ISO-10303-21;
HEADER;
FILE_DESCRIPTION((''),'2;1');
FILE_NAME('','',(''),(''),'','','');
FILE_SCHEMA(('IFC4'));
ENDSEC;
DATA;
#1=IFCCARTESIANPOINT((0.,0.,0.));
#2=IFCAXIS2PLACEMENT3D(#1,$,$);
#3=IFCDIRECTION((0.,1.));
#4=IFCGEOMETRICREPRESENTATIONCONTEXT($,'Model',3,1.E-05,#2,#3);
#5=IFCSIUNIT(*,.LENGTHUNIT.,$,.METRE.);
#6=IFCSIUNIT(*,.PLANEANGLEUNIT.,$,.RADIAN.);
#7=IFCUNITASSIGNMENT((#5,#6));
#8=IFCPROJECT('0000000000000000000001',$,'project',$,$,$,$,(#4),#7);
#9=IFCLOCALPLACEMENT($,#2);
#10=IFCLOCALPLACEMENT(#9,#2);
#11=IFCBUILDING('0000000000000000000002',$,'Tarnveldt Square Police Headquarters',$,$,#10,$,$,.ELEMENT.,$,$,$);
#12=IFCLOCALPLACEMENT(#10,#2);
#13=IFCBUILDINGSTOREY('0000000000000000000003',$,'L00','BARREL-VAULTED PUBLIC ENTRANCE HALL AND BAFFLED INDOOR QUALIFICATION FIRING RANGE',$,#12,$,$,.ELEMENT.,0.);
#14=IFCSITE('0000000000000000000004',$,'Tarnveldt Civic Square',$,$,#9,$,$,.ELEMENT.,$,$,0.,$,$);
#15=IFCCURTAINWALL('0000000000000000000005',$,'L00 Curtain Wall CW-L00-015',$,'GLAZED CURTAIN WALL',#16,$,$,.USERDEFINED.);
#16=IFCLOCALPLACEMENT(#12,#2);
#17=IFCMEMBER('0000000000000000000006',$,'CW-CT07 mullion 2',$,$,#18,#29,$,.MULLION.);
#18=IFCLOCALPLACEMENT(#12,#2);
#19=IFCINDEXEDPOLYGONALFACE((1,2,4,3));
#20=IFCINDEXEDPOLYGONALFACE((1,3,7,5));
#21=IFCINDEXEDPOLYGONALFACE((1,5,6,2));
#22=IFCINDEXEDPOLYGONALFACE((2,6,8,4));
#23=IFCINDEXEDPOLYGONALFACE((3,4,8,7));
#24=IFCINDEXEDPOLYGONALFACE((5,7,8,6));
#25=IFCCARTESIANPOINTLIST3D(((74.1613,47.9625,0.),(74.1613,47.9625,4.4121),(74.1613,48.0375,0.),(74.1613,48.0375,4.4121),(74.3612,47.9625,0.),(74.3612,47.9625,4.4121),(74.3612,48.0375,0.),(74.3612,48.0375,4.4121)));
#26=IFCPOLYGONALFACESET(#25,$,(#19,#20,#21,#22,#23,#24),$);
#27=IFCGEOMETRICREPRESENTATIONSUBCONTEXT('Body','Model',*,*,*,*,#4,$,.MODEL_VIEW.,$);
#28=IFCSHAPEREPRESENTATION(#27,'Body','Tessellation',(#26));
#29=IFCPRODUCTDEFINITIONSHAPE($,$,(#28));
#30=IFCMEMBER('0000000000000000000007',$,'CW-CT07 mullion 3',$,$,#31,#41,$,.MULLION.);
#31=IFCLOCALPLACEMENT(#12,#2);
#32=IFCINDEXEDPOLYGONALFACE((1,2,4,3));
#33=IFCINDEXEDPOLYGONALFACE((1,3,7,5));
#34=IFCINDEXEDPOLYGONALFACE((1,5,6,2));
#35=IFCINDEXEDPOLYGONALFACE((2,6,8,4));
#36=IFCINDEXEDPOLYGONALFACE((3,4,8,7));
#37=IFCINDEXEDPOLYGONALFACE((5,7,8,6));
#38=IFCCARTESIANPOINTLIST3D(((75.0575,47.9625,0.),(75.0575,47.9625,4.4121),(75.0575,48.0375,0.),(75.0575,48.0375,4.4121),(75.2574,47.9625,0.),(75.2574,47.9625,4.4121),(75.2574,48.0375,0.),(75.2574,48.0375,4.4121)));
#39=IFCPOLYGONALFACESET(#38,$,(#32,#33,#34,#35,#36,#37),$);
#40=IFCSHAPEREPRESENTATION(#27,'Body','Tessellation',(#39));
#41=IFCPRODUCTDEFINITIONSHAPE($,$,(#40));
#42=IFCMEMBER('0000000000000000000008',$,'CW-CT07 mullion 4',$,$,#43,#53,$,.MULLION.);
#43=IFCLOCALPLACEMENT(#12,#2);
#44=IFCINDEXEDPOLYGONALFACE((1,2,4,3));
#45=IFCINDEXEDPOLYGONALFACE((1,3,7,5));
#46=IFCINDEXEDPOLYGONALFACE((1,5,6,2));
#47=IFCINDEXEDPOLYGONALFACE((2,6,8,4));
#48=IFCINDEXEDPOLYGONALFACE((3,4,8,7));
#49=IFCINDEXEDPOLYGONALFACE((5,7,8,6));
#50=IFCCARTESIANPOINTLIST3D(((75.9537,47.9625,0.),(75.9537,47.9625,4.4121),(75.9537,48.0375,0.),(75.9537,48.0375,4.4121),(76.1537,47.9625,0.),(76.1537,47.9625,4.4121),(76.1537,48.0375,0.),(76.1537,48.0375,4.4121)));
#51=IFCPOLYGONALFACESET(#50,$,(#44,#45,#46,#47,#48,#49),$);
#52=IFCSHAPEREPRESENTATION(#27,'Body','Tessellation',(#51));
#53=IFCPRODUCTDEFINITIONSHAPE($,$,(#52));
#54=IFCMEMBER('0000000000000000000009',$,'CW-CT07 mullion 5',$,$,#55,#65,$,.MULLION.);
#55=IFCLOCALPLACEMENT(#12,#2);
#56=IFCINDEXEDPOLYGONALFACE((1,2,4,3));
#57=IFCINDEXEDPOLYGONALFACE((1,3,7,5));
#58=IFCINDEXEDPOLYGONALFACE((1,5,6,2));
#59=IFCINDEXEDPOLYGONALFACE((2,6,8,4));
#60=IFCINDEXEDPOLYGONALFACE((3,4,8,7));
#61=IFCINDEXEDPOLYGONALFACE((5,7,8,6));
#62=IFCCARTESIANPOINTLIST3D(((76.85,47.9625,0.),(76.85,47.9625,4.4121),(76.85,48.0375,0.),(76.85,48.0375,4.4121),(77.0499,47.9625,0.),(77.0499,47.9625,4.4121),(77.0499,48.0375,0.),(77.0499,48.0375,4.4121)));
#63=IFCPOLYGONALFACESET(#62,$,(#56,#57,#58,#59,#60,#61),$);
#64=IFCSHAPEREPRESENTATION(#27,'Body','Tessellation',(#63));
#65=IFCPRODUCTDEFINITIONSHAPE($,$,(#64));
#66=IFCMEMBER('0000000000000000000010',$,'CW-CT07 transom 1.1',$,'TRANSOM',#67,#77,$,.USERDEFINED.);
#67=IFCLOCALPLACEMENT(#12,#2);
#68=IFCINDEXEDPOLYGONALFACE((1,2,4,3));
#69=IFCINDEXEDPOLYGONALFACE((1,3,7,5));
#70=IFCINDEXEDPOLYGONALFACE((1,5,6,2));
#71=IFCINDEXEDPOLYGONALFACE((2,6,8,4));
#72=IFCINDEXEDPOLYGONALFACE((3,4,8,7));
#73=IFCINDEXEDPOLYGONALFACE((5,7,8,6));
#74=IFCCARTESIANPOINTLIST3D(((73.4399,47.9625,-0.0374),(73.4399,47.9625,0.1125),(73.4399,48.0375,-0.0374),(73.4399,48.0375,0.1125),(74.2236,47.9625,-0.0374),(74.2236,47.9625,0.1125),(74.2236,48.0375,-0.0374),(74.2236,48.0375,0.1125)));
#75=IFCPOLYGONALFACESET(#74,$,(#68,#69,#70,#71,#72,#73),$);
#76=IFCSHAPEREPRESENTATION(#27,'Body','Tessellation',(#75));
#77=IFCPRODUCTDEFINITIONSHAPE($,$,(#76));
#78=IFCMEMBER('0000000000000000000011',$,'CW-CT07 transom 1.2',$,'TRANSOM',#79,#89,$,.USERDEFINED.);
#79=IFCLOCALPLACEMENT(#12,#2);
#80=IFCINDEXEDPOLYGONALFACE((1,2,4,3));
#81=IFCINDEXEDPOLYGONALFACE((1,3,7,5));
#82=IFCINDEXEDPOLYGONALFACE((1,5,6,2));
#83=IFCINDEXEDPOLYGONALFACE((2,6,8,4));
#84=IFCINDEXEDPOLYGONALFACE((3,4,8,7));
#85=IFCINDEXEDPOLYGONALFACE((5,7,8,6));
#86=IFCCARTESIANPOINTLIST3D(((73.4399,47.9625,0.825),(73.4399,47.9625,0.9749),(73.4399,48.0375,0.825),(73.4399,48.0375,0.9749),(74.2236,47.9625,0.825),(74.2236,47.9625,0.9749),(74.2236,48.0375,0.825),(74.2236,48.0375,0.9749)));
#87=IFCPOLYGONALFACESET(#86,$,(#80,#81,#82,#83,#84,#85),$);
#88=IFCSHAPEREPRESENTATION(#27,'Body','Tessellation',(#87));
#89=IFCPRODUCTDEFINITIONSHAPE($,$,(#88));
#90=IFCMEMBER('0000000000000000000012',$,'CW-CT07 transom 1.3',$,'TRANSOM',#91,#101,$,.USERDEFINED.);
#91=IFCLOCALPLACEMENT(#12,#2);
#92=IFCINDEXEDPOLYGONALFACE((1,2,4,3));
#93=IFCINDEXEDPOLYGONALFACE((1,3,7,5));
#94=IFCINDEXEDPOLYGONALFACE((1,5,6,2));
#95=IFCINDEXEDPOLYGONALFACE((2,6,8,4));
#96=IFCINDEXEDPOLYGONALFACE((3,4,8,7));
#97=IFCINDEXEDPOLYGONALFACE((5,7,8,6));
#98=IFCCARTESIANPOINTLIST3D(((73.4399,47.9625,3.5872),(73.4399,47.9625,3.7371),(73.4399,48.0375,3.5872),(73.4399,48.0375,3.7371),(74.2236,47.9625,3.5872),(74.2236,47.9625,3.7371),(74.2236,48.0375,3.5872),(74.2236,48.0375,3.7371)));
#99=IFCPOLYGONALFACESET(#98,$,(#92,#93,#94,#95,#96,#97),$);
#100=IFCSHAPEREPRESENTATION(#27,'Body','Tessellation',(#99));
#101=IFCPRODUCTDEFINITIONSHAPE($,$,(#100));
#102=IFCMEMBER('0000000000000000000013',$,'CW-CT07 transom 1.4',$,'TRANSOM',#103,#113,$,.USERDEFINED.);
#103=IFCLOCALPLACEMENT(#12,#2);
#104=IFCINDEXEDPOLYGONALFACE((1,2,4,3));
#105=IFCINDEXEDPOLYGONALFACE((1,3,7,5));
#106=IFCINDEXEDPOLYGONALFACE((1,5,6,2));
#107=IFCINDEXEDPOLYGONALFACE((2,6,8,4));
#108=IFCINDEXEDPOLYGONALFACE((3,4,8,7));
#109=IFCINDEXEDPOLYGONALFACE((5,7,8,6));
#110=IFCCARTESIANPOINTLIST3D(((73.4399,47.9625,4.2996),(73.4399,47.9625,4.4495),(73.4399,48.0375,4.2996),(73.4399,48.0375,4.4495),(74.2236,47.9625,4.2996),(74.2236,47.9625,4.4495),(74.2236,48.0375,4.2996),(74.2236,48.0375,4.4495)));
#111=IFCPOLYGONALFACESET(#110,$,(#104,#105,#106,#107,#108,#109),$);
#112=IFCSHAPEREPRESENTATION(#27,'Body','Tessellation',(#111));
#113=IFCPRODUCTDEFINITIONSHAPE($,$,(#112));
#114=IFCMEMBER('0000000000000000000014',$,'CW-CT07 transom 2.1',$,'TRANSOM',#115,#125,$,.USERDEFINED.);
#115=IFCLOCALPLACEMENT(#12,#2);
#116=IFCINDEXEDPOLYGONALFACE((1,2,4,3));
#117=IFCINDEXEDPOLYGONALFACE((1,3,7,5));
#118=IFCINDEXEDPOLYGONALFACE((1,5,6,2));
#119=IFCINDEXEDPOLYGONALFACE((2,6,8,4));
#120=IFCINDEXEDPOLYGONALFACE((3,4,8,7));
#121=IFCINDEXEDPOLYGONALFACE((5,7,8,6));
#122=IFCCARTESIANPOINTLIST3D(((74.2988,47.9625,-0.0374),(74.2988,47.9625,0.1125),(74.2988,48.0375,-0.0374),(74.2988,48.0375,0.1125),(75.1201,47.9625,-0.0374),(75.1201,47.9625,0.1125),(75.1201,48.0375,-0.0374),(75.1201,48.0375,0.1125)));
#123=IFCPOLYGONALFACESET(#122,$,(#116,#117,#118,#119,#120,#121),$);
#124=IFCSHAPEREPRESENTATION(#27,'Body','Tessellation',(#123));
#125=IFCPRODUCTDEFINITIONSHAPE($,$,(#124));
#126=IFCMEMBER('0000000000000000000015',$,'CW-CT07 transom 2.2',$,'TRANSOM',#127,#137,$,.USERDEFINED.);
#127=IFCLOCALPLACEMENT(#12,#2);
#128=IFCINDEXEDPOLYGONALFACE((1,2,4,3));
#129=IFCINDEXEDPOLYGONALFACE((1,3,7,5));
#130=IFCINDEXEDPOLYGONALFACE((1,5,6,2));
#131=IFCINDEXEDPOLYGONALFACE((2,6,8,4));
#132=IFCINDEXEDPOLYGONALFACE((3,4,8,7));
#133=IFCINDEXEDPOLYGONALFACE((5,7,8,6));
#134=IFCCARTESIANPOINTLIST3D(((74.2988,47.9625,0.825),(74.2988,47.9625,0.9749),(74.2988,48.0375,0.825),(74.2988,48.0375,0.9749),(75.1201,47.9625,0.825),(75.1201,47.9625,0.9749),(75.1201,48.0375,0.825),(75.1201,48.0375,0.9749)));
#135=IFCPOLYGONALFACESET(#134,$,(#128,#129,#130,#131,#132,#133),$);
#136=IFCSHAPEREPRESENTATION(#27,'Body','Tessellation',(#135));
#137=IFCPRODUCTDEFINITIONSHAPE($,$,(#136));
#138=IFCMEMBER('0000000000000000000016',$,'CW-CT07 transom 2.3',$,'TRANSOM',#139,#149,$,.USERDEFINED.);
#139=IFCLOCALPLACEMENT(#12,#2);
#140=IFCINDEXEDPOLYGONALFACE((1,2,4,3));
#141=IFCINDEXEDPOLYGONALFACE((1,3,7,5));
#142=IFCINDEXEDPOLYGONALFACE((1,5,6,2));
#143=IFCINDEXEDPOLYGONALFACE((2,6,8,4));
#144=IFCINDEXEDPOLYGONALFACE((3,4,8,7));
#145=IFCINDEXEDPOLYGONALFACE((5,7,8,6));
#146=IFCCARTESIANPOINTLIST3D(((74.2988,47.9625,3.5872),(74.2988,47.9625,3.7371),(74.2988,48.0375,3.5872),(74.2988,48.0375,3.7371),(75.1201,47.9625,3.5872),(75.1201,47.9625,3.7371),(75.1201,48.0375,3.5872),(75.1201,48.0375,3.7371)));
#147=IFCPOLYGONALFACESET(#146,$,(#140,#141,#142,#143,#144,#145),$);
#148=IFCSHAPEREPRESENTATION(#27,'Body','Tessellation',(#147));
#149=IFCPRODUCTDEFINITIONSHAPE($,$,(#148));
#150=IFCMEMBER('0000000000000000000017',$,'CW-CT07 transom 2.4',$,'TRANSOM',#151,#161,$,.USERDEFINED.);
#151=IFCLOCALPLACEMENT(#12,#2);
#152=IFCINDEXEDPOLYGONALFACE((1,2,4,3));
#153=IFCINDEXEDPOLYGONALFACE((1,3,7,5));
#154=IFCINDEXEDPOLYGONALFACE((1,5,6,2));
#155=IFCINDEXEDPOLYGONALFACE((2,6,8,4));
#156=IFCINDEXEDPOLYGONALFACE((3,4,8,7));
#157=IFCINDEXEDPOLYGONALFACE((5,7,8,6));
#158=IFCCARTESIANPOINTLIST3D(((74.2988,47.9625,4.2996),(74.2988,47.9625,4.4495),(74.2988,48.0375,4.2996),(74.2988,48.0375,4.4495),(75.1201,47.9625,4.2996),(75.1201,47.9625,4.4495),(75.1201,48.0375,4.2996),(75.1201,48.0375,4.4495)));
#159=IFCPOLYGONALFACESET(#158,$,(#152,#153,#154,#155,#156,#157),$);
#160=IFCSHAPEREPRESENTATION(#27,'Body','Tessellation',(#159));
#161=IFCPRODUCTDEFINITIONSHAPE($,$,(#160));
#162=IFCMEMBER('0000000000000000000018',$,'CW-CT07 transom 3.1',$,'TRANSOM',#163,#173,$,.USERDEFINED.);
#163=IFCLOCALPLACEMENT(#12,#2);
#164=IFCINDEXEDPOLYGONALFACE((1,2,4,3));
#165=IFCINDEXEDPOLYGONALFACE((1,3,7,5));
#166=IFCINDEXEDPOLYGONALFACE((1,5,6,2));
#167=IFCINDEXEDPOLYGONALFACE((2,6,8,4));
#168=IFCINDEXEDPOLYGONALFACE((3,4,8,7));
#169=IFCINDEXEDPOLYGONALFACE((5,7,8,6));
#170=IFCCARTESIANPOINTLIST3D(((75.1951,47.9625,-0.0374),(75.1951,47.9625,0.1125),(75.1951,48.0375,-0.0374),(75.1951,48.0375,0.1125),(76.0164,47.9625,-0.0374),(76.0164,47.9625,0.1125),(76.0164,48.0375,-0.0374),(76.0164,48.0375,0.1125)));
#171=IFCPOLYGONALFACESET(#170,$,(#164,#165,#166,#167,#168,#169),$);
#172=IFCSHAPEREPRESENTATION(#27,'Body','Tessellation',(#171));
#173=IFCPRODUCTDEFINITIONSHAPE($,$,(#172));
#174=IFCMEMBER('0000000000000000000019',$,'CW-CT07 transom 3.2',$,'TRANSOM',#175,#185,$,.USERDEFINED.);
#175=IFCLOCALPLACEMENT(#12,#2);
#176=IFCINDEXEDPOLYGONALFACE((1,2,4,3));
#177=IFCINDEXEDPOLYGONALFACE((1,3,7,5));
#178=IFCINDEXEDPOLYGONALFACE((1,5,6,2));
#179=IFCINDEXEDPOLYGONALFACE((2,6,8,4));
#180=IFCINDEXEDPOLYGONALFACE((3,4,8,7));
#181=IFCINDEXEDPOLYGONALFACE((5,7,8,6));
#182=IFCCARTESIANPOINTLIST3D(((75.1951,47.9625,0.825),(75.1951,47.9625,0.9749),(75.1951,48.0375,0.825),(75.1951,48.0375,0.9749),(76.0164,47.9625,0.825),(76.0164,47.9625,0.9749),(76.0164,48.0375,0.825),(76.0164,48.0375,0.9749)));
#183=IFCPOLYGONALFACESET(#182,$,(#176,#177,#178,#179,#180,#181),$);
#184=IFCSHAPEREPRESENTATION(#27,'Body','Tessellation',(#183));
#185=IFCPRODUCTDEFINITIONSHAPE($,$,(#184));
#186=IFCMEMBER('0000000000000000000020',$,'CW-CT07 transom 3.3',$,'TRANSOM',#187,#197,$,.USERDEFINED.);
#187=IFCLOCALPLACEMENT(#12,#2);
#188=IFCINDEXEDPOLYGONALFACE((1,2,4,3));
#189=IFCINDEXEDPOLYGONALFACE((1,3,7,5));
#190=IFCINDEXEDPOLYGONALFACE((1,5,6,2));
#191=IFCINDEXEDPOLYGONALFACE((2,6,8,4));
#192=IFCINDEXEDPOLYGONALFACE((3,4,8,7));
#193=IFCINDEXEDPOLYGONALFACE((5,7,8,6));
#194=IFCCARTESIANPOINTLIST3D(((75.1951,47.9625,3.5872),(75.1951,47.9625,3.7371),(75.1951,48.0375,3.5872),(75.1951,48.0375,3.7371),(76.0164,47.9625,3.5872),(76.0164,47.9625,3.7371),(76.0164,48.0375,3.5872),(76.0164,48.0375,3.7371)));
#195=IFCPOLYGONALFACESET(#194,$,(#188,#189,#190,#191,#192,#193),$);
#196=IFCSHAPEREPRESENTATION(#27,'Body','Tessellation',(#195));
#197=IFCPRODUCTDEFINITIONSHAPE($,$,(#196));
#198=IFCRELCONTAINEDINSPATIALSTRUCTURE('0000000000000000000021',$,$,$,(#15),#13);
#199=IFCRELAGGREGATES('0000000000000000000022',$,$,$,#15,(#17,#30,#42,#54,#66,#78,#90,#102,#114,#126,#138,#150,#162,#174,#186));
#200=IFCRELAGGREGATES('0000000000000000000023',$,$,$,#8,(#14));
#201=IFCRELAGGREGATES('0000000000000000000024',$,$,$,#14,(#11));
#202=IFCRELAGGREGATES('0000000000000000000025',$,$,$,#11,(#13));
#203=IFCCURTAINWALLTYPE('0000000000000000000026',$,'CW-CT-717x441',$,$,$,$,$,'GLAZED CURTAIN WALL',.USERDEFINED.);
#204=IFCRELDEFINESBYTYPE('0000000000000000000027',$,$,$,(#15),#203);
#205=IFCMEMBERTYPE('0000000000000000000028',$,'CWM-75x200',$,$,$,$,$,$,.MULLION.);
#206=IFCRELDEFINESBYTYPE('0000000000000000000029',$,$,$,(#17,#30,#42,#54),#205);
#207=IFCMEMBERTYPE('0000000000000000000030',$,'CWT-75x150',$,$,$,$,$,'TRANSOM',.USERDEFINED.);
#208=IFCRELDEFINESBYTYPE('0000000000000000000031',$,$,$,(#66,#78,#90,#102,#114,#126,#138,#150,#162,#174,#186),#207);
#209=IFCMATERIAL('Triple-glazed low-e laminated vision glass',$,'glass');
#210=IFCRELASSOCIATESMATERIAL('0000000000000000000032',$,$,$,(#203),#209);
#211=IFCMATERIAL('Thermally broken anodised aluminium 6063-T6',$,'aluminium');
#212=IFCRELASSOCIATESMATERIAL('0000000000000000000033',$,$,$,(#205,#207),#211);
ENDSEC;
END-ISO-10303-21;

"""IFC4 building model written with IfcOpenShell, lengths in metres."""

from ifc_helpers import new_model, si_unit, direction, frame, origin, origin_2d, place, context, subcontext, project, spatial, rectangle, extrude, material, material_profile, profile_set, type_object, element, aggregate, save


model = new_model("IFC4")

# Units and contexts
model_context = context("Model", 3, precision=1e-05, world=origin(), true_north=direction((0.0, 1.0)))
body_context = subcontext(model_context, "Body", "Model", "MODEL_VIEW")
ifc_project = project(units=[si_unit("LENGTHUNIT", "METRE"), si_unit("PLANEANGLEUNIT", "RADIAN")], contexts=[model_context])

# Site, building, storey
site_placement = place(None, origin())
site = spatial("IfcSite", under=ifc_project, at=site_placement, Name="Tarnveldt Civic Square", CompositionType="ELEMENT", RefElevation=0.0)
building_placement = place(site_placement, origin())
building = spatial("IfcBuilding", under=site, at=building_placement, Name="Tarnveldt Square Police Headquarters", CompositionType="ELEMENT")
storey_placement = place(building_placement, origin())
storey = spatial("IfcBuildingStorey", under=building, at=storey_placement, Name="L00", Description="BARREL-VAULTED PUBLIC ENTRANCE HALL AND BAFFLED INDOOR QUALIFICATION FIRING RANGE", CompositionType="ELEMENT", Elevation=0.0)

# Curtain wall, members
ifc_material_1 = material(Name="Triple-glazed low-e laminated vision glass", Category="glass")
curtain_wall_type = type_object("IfcCurtainWallType", Name="CW-CT-717x441", ElementType="GLAZED CURTAIN WALL", PredefinedType="USERDEFINED", material=ifc_material_1)
curtain_wall_placement = place(storey_placement, origin())
curtain_wall = element("IfcCurtainWall", 1, at=curtain_wall_placement, inside=storey, type_object=curtain_wall_type, Name="L00 Curtain Wall CW-L00-015", ObjectType="GLAZED CURTAIN WALL", PredefinedType="USERDEFINED")
ifc_material_2 = material(Name="Thermally broken anodised aluminium 6063-T6", Category="aluminium")
ifc_material_profile_1 = material_profile(ifc_material_2, rectangle(XDim=0.075, YDim=0.2, at=origin_2d()), Name="CW-M75x200")
ifc_profile_set_1 = profile_set([ifc_material_profile_1], Name="Thermally broken anodised aluminium 6063-T6")
member_type_1 = type_object("IfcMemberType", Name="CWM-75x200", PredefinedType="MULLION", material=ifc_profile_set_1)
member_1_placement = place(storey_placement, frame((74.2612, 48.0, 0.0), z_axis=(0.0, 0.0, 1.0), x_axis=(0.0, 1.0, 0.0)))
member_1 = element("IfcMember", 2, at=member_1_placement, type_object=member_type_1, Name="CW-CT07 mullion 2", PredefinedType="MULLION", context=body_context, shape_type="SweptSolid", body=[
    extrude(rectangle(XDim=0.075, YDim=0.2, at=origin_2d()), origin(), (0.0, 0.0, 1.0), 4.4121),
])
member_2_placement = place(storey_placement, frame((75.1575, 48.0, 0.0), z_axis=(0.0, 0.0, 1.0), x_axis=(0.0, 1.0, 0.0)))
member_2 = element("IfcMember", 3, at=member_2_placement, type_object=member_type_1, Name="CW-CT07 mullion 3", PredefinedType="MULLION", context=body_context, shape_type="SweptSolid", body=[
    extrude(rectangle(XDim=0.075, YDim=0.2, at=origin_2d()), origin(), (0.0, 0.0, 1.0), 4.4121),
])
member_3_placement = place(storey_placement, frame((76.0537, 48.0, 0.0), z_axis=(0.0, 0.0, 1.0), x_axis=(0.0, 1.0, 0.0)))
member_3 = element("IfcMember", 4, at=member_3_placement, type_object=member_type_1, Name="CW-CT07 mullion 4", PredefinedType="MULLION", context=body_context, shape_type="SweptSolid", body=[
    extrude(rectangle(XDim=0.075, YDim=0.2, at=origin_2d()), origin(), (0.0, 0.0, 1.0), 4.4121),
])
member_4_placement = place(storey_placement, frame((76.95, 48.0, 0.0), z_axis=(0.0, 0.0, 1.0), x_axis=(0.0, 1.0, 0.0)))
member_4 = element("IfcMember", 5, at=member_4_placement, type_object=member_type_1, Name="CW-CT07 mullion 5", PredefinedType="MULLION", context=body_context, shape_type="SweptSolid", body=[
    extrude(rectangle(XDim=0.075, YDim=0.2, at=origin_2d()), origin(), (0.0, 0.0, 1.0), 4.4121),
])
ifc_material_profile_2 = material_profile(ifc_material_2, rectangle(XDim=0.075, YDim=0.1499, at=origin_2d()), Name="CW-T75x150")
ifc_profile_set_2 = profile_set([ifc_material_profile_2], Name="Thermally broken anodised aluminium 6063-T6")
member_type_2 = type_object("IfcMemberType", Name="CWT-75x150", ElementType="TRANSOM", PredefinedType="USERDEFINED", material=ifc_profile_set_2)
member_5_placement = place(storey_placement, frame((73.4399, 48.0, 0.0376), z_axis=(1.0, 0.0, 0.0), x_axis=(0.0, 1.0, 0.0)))
member_5 = element("IfcMember", 6, at=member_5_placement, type_object=member_type_2, Name="CW-CT07 transom 1.1", ObjectType="TRANSOM", PredefinedType="USERDEFINED", context=body_context, shape_type="SweptSolid", body=[
    extrude(rectangle(XDim=0.075, YDim=0.1499, at=origin_2d()), origin(), (0.0, 0.0, 1.0), 0.7837),
])
member_6_placement = place(storey_placement, frame((73.4399, 48.0, 0.8999), z_axis=(1.0, 0.0, 0.0), x_axis=(0.0, 1.0, 0.0)))
member_6 = element("IfcMember", 7, at=member_6_placement, type_object=member_type_2, Name="CW-CT07 transom 1.2", ObjectType="TRANSOM", PredefinedType="USERDEFINED", context=body_context, shape_type="SweptSolid", body=[
    extrude(rectangle(XDim=0.075, YDim=0.1499, at=origin_2d()), origin(), (0.0, 0.0, 1.0), 0.7837),
])
member_7_placement = place(storey_placement, frame((73.4399, 48.0, 3.6621), z_axis=(1.0, 0.0, 0.0), x_axis=(0.0, 1.0, 0.0)))
member_7 = element("IfcMember", 8, at=member_7_placement, type_object=member_type_2, Name="CW-CT07 transom 1.3", ObjectType="TRANSOM", PredefinedType="USERDEFINED", context=body_context, shape_type="SweptSolid", body=[
    extrude(rectangle(XDim=0.075, YDim=0.1499, at=origin_2d()), origin(), (0.0, 0.0, 1.0), 0.7837),
])
member_8_placement = place(storey_placement, frame((73.4399, 48.0, 4.3745), z_axis=(1.0, 0.0, 0.0), x_axis=(0.0, 1.0, 0.0)))
member_8 = element("IfcMember", 9, at=member_8_placement, type_object=member_type_2, Name="CW-CT07 transom 1.4", ObjectType="TRANSOM", PredefinedType="USERDEFINED", context=body_context, shape_type="SweptSolid", body=[
    extrude(rectangle(XDim=0.075, YDim=0.1499, at=origin_2d()), origin(), (0.0, 0.0, 1.0), 0.7837),
])
member_9_placement = place(storey_placement, frame((74.2988, 48.0, 0.0376), z_axis=(1.0, 0.0, 0.0), x_axis=(0.0, 1.0, 0.0)))
member_9 = element("IfcMember", 10, at=member_9_placement, type_object=member_type_2, Name="CW-CT07 transom 2.1", ObjectType="TRANSOM", PredefinedType="USERDEFINED", context=body_context, shape_type="SweptSolid", body=[
    extrude(rectangle(XDim=0.075, YDim=0.1499, at=origin_2d()), origin(), (0.0, 0.0, 1.0), 0.8213),
])
member_10_placement = place(storey_placement, frame((74.2988, 48.0, 0.8999), z_axis=(1.0, 0.0, 0.0), x_axis=(0.0, 1.0, 0.0)))
member_10 = element("IfcMember", 11, at=member_10_placement, type_object=member_type_2, Name="CW-CT07 transom 2.2", ObjectType="TRANSOM", PredefinedType="USERDEFINED", context=body_context, shape_type="SweptSolid", body=[
    extrude(rectangle(XDim=0.075, YDim=0.1499, at=origin_2d()), origin(), (0.0, 0.0, 1.0), 0.8213),
])
member_11_placement = place(storey_placement, frame((74.2988, 48.0, 3.6621), z_axis=(1.0, 0.0, 0.0), x_axis=(0.0, 1.0, 0.0)))
member_11 = element("IfcMember", 12, at=member_11_placement, type_object=member_type_2, Name="CW-CT07 transom 2.3", ObjectType="TRANSOM", PredefinedType="USERDEFINED", context=body_context, shape_type="SweptSolid", body=[
    extrude(rectangle(XDim=0.075, YDim=0.1499, at=origin_2d()), origin(), (0.0, 0.0, 1.0), 0.8213),
])
member_12_placement = place(storey_placement, frame((74.2988, 48.0, 4.3745), z_axis=(1.0, 0.0, 0.0), x_axis=(0.0, 1.0, 0.0)))
member_12 = element("IfcMember", 13, at=member_12_placement, type_object=member_type_2, Name="CW-CT07 transom 2.4", ObjectType="TRANSOM", PredefinedType="USERDEFINED", context=body_context, shape_type="SweptSolid", body=[
    extrude(rectangle(XDim=0.075, YDim=0.1499, at=origin_2d()), origin(), (0.0, 0.0, 1.0), 0.8213),
])
member_13_placement = place(storey_placement, frame((75.1951, 48.0, 0.0376), z_axis=(1.0, 0.0, 0.0), x_axis=(0.0, 1.0, 0.0)))
member_13 = element("IfcMember", 14, at=member_13_placement, type_object=member_type_2, Name="CW-CT07 transom 3.1", ObjectType="TRANSOM", PredefinedType="USERDEFINED", context=body_context, shape_type="SweptSolid", body=[
    extrude(rectangle(XDim=0.075, YDim=0.1499, at=origin_2d()), origin(), (0.0, 0.0, 1.0), 0.8213),
])
member_14_placement = place(storey_placement, frame((75.1951, 48.0, 0.8999), z_axis=(1.0, 0.0, 0.0), x_axis=(0.0, 1.0, 0.0)))
member_14 = element("IfcMember", 15, at=member_14_placement, type_object=member_type_2, Name="CW-CT07 transom 3.2", ObjectType="TRANSOM", PredefinedType="USERDEFINED", context=body_context, shape_type="SweptSolid", body=[
    extrude(rectangle(XDim=0.075, YDim=0.1499, at=origin_2d()), origin(), (0.0, 0.0, 1.0), 0.8213),
])
member_15_placement = place(storey_placement, frame((75.1951, 48.0, 3.6621), z_axis=(1.0, 0.0, 0.0), x_axis=(0.0, 1.0, 0.0)))
member_15 = element("IfcMember", 16, at=member_15_placement, type_object=member_type_2, Name="CW-CT07 transom 3.3", ObjectType="TRANSOM", PredefinedType="USERDEFINED", context=body_context, shape_type="SweptSolid", body=[
    extrude(rectangle(XDim=0.075, YDim=0.1499, at=origin_2d()), origin(), (0.0, 0.0, 1.0), 0.8213),
])
aggregate(curtain_wall, [member_1, member_2, member_3, member_4, member_5, member_6, member_7, member_8, member_9, member_10, member_11, member_12, member_13, member_14, member_15])

save(model, "model.ifc")
